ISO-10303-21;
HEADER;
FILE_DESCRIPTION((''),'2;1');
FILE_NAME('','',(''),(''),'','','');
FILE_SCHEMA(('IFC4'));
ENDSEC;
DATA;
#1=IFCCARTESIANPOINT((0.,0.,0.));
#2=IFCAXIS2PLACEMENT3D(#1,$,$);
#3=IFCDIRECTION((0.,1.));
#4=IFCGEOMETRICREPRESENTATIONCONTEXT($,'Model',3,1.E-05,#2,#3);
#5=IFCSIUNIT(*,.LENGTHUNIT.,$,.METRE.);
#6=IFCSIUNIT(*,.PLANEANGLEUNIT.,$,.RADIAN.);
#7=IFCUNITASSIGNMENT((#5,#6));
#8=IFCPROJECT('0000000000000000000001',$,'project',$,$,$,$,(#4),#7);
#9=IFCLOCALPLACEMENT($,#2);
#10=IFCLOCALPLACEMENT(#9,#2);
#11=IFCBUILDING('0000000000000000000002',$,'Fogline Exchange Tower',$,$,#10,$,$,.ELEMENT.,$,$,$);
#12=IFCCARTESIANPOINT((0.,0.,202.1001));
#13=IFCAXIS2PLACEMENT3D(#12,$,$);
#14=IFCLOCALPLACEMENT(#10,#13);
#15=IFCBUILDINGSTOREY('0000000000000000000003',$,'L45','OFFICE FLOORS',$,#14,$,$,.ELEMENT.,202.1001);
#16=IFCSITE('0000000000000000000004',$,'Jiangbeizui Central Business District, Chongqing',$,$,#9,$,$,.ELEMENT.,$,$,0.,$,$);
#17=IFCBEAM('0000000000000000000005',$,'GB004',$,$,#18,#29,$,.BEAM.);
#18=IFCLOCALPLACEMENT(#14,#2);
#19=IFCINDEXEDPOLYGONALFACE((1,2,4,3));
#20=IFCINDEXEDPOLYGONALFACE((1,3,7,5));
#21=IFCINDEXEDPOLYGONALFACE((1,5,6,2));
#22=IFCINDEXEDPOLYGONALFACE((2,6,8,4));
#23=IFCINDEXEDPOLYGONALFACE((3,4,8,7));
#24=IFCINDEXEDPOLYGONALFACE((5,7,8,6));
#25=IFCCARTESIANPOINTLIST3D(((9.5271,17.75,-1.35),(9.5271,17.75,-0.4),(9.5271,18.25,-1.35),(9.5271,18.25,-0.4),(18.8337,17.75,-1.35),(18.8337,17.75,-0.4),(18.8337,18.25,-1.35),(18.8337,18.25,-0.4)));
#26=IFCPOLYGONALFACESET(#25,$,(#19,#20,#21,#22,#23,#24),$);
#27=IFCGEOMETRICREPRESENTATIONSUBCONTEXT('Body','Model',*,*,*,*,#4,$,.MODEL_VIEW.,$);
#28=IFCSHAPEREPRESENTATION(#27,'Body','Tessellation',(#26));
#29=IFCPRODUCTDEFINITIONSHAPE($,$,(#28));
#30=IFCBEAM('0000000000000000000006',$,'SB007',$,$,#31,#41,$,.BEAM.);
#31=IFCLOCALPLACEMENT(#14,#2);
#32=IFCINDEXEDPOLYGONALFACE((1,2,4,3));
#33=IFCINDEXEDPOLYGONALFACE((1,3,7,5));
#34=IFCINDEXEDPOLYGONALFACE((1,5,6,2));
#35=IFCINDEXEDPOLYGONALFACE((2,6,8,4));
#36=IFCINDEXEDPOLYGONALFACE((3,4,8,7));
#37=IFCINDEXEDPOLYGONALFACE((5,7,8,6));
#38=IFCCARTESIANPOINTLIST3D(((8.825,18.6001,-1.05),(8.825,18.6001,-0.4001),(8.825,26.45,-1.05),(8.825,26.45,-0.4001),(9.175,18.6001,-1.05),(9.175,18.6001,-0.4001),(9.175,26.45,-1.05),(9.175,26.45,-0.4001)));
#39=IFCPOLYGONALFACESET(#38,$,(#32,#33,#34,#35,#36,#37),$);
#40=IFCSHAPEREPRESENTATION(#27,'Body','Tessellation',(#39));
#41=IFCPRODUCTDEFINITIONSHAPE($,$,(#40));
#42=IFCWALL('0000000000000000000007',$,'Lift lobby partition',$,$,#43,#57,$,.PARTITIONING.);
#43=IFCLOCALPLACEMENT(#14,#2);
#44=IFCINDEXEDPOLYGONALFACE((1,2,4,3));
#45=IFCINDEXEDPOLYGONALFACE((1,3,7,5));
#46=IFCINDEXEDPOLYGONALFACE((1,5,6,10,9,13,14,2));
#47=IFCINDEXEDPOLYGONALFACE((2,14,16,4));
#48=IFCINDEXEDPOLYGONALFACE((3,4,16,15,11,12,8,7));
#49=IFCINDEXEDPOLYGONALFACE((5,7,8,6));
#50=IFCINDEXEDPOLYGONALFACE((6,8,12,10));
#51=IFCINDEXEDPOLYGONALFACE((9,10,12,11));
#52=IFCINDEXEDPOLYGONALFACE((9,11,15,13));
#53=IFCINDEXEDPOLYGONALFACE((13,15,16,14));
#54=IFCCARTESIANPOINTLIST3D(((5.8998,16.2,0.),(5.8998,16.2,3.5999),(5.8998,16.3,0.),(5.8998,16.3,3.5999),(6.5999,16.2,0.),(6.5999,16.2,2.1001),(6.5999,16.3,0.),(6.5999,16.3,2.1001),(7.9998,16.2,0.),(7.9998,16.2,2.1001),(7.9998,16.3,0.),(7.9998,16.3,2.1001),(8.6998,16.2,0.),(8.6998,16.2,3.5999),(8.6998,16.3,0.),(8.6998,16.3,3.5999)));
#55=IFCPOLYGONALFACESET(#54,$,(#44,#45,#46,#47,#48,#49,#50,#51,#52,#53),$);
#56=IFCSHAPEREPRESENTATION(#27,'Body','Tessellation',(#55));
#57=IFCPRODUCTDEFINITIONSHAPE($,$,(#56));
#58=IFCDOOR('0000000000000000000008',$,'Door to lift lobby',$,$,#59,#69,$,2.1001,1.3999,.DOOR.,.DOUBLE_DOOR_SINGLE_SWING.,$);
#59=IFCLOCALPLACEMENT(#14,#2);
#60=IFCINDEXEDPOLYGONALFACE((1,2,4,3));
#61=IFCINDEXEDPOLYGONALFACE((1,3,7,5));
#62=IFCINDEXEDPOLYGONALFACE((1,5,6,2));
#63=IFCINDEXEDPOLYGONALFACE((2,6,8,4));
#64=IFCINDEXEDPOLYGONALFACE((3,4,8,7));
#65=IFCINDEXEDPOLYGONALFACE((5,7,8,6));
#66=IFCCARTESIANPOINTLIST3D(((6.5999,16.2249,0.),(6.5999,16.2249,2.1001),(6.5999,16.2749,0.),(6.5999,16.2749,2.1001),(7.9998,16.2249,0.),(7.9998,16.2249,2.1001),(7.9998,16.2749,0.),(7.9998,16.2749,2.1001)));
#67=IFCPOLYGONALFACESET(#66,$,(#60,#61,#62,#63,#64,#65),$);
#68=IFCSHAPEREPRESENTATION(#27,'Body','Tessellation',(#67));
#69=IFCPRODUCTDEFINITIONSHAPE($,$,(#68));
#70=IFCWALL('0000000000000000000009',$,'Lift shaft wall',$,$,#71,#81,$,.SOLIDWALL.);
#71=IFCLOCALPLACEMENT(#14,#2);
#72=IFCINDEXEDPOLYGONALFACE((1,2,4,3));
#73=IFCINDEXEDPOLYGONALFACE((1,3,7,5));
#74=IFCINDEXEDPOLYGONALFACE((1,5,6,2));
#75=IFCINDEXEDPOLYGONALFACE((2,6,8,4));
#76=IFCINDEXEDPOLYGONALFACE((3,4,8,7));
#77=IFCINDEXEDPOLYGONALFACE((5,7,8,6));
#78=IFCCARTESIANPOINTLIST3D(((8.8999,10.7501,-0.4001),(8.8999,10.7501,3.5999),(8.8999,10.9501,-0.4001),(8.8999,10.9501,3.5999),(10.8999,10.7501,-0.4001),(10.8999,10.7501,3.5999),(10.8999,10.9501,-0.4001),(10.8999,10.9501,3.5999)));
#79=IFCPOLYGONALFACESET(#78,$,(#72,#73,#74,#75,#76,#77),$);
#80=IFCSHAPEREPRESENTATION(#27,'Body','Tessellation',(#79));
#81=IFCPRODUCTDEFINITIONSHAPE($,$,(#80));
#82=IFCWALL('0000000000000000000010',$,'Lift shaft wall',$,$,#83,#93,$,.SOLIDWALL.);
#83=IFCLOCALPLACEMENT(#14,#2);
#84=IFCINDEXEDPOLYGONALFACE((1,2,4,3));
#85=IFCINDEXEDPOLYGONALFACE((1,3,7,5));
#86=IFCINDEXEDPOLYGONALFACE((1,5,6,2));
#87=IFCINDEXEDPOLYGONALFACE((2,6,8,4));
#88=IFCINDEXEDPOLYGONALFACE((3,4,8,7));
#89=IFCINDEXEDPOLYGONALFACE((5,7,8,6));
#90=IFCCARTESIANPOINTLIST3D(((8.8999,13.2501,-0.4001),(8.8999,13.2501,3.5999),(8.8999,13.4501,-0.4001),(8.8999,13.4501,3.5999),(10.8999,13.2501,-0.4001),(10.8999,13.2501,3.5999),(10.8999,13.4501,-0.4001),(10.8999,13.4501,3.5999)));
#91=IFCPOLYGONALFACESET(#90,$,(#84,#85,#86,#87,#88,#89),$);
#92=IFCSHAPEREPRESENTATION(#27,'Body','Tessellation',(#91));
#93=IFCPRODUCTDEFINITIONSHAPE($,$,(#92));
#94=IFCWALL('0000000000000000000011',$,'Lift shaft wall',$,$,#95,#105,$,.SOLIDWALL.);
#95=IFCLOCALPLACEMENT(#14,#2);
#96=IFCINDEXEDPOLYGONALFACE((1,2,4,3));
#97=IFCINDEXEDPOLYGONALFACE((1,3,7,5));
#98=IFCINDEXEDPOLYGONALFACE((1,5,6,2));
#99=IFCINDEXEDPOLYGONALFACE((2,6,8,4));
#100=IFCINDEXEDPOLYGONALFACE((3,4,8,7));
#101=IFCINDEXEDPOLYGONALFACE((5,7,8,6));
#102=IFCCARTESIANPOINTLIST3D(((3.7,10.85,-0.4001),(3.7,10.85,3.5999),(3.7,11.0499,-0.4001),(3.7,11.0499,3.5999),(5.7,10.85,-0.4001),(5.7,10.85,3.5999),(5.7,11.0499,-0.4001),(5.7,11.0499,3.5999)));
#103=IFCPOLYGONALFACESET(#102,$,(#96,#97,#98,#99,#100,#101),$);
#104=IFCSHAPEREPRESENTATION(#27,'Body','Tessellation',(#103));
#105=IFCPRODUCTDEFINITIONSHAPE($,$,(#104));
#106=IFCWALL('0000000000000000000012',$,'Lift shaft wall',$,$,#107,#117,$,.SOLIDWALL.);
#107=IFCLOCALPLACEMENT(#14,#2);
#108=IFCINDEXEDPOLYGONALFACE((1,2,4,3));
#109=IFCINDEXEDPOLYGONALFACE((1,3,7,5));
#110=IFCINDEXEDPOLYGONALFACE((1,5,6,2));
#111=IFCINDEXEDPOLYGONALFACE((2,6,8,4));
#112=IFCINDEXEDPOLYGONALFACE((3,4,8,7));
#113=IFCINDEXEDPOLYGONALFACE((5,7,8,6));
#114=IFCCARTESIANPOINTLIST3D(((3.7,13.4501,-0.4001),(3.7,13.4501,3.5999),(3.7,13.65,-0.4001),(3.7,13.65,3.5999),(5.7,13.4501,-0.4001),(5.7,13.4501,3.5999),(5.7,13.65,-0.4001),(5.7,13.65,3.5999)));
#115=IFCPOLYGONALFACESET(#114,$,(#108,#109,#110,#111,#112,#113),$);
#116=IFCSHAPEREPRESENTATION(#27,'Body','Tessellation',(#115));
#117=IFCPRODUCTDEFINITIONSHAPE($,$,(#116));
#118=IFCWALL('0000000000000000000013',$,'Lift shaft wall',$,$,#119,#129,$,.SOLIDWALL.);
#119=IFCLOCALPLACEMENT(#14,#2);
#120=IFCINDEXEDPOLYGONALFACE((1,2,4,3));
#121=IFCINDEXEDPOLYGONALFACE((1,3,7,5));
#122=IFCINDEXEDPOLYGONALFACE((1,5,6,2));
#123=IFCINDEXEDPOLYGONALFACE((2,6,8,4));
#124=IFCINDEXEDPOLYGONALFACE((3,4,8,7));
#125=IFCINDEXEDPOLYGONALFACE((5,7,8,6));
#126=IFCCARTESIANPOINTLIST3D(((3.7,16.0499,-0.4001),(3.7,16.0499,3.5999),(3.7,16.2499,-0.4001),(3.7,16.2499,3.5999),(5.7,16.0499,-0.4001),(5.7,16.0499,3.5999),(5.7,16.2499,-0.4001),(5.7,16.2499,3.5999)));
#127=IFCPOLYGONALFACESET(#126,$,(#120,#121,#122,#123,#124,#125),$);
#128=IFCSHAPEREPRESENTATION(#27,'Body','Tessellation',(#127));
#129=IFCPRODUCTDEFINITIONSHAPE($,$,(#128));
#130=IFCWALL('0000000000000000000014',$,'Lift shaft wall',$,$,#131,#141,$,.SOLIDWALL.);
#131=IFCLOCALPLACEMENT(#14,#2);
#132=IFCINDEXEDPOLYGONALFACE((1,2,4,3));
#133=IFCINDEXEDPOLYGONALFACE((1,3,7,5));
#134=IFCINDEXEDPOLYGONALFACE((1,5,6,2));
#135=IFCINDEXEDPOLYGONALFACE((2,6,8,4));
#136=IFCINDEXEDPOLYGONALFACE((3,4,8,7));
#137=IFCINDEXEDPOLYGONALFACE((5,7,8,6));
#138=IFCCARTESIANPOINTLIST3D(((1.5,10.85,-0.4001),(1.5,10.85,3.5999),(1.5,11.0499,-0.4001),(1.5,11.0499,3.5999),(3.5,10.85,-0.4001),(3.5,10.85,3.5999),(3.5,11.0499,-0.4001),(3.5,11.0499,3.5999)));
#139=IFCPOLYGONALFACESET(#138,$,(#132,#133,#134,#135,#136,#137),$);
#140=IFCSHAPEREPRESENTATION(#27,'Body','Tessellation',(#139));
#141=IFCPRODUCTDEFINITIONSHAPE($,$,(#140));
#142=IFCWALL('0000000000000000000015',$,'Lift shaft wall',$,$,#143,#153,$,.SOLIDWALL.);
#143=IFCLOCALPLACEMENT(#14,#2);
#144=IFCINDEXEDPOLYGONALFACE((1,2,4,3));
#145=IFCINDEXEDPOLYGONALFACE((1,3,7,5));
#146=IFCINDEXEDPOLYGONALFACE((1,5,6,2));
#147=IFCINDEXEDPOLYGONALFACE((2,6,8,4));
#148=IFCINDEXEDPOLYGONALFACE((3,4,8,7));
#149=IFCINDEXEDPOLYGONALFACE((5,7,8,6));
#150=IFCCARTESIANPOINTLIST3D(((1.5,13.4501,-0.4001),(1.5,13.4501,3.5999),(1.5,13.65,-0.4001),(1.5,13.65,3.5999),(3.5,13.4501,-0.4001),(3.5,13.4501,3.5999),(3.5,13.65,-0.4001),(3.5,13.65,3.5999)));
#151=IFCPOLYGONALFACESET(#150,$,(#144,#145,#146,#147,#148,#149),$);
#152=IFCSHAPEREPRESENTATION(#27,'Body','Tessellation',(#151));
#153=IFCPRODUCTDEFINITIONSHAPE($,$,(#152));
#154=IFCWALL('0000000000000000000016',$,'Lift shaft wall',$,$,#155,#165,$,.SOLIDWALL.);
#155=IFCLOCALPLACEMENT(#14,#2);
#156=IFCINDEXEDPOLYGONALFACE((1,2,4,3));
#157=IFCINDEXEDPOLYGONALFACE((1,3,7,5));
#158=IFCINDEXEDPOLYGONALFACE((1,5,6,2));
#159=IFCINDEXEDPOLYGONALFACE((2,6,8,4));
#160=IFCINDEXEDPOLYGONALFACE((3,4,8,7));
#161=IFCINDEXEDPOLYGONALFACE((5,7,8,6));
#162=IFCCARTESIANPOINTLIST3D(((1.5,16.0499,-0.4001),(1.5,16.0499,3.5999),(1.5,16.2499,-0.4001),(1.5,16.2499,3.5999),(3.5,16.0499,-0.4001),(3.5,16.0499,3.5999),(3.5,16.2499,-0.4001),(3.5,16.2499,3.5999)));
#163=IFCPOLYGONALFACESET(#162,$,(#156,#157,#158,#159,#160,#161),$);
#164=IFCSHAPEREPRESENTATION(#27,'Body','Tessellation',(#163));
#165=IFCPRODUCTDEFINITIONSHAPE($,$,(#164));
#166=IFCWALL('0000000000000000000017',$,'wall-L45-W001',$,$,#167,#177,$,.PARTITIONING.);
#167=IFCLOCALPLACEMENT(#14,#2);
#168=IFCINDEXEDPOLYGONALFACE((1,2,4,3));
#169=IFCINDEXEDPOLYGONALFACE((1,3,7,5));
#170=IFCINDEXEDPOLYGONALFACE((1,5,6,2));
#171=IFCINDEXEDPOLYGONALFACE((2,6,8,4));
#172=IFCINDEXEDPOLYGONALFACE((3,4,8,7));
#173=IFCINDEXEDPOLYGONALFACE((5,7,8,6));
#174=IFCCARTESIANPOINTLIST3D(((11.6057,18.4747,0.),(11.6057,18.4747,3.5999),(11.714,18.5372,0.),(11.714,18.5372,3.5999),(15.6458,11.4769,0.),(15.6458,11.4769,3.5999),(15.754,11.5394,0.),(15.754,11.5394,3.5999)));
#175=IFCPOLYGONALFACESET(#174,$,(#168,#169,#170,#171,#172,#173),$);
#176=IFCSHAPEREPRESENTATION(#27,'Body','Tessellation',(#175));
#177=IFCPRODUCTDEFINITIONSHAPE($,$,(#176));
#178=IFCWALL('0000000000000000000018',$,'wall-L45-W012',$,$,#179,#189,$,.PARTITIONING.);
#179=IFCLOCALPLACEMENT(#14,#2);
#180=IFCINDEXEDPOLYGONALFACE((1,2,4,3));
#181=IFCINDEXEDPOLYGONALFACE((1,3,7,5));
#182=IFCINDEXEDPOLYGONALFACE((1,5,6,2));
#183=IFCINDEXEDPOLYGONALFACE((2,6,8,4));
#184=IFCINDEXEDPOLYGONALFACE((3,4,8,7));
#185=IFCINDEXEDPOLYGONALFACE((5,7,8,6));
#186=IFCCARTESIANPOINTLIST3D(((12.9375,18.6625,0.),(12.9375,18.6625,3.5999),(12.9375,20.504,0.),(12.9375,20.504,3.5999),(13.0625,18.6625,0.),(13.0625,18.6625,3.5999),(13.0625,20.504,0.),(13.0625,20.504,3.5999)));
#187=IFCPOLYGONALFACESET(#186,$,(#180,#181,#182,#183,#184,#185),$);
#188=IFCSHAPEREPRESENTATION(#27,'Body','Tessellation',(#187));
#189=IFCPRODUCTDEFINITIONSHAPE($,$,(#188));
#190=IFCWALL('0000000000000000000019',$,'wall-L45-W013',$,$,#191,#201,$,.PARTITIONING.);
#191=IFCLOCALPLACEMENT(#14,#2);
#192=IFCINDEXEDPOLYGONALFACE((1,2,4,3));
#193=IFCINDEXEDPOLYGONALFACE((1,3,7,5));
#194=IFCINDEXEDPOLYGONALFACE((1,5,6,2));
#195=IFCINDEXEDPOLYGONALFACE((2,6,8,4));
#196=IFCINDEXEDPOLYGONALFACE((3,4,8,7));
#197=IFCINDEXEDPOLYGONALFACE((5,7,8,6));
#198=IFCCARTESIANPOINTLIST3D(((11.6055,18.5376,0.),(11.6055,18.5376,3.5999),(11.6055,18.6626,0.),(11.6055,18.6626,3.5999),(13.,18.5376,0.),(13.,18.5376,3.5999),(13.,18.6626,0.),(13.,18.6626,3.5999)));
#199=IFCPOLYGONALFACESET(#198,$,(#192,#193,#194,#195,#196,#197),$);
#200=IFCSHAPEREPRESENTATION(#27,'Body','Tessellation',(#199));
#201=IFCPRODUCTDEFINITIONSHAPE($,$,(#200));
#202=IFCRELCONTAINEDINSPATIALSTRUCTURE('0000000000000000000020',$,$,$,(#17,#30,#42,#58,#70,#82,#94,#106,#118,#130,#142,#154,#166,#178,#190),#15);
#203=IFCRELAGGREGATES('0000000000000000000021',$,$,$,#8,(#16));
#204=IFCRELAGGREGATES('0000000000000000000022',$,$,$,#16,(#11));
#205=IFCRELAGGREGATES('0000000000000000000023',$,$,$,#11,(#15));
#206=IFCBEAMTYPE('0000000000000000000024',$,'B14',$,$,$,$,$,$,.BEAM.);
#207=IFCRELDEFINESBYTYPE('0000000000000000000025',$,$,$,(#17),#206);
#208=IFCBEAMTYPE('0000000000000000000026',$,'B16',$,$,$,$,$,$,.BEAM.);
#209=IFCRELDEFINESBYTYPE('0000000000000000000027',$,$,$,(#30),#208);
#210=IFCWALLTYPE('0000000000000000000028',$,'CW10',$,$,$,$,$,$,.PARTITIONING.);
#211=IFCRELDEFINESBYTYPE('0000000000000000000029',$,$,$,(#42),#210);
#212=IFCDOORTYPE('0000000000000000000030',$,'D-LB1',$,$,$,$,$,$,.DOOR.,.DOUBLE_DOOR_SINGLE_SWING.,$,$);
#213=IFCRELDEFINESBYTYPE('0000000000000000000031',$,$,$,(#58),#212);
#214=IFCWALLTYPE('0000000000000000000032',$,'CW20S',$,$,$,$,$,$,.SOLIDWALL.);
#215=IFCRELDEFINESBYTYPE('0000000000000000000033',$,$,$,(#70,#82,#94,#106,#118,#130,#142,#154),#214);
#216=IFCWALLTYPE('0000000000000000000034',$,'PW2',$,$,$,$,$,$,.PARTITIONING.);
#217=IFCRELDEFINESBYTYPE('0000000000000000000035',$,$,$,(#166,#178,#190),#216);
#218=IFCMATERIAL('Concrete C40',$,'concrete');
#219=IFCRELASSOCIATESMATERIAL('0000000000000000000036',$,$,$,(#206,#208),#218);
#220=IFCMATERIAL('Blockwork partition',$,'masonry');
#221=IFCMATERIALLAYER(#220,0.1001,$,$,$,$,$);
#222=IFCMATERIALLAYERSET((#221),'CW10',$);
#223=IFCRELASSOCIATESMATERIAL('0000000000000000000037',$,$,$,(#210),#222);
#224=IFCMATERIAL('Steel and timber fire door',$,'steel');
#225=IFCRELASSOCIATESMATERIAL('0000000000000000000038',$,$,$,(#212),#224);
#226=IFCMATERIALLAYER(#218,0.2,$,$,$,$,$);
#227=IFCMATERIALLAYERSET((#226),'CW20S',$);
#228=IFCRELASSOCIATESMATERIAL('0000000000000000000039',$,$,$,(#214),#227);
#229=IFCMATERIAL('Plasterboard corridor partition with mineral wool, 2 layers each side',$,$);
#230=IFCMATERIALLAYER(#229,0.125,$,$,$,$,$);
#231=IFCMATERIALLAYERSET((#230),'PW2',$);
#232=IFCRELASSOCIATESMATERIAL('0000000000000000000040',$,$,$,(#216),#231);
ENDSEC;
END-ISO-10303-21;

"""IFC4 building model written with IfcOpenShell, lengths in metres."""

from ifc_helpers import new_model, si_unit, direction, frame, frame_2d, origin, origin_2d, place, context, subcontext, project, spatial, rectangle, extrude, material, layer, layer_set, material_profile, profile_set, type_object, element, fill, save


model = new_model("IFC4")

# Units and contexts
model_context = context("Model", 3, precision=1e-05, world=origin(), true_north=direction((0.0, 1.0)))
body_context = subcontext(model_context, "Body", "Model", "MODEL_VIEW")
ifc_project = project(units=[si_unit("LENGTHUNIT", "METRE"), si_unit("PLANEANGLEUNIT", "RADIAN")], contexts=[model_context])

# Site, building, storey
site_placement = place(None, origin())
site = spatial("IfcSite", under=ifc_project, at=site_placement, Name="Jiangbeizui Central Business District, Chongqing", CompositionType="ELEMENT", RefElevation=0.0)
building_placement = place(site_placement, origin())
building = spatial("IfcBuilding", under=site, at=building_placement, Name="Fogline Exchange Tower", CompositionType="ELEMENT")
storey_placement = place(building_placement, frame((0.0, 0.0, 202.1001)))
storey = spatial("IfcBuildingStorey", under=building, at=storey_placement, Name="L45", Description="OFFICE FLOORS", CompositionType="ELEMENT", Elevation=202.1001)

# Beams
ifc_material_1 = material(Name="Concrete C40", Category="concrete")
ifc_material_profile_1 = material_profile(ifc_material_1, rectangle(XDim=0.5, YDim=0.95, at=origin_2d()), Name="RC 500x950")
ifc_profile_set_1 = profile_set([ifc_material_profile_1], Name="Concrete C40")
beam_type_1 = type_object("IfcBeamType", Name="B14", PredefinedType="BEAM", material=ifc_profile_set_1)
beam_1_placement = place(storey_placement, frame((9.5271, 18.0, -0.875), z_axis=(1.0, 0.0, 0.0), x_axis=(0.0, 1.0, 0.0)))
element("IfcBeam", 1, at=beam_1_placement, inside=storey, type_object=beam_type_1, Name="GB004", PredefinedType="BEAM", context=body_context, shape_type="SweptSolid", body=[
    extrude(rectangle(XDim=0.5, YDim=0.95, at=origin_2d()), origin(), (0.0, 0.0, 1.0), 9.3066),
])
ifc_material_profile_2 = material_profile(ifc_material_1, rectangle(XDim=0.3501, YDim=0.6499, at=origin_2d()), Name="RC 350x650")
ifc_profile_set_2 = profile_set([ifc_material_profile_2], Name="Concrete C40")
beam_type_2 = type_object("IfcBeamType", Name="B16", PredefinedType="BEAM", material=ifc_profile_set_2)
beam_2_placement = place(storey_placement, frame((9.0, 18.6001, -0.7251), z_axis=(0.0, 1.0, 0.0), x_axis=(-1.0, 0.0, 0.0)))
element("IfcBeam", 2, at=beam_2_placement, inside=storey, type_object=beam_type_2, Name="SB007", PredefinedType="BEAM", context=body_context, shape_type="SweptSolid", body=[
    extrude(rectangle(XDim=0.3501, YDim=0.6499, at=origin_2d()), origin(), (0.0, 0.0, 1.0), 7.8499),
])

# Wall, opening, door
ifc_material_2 = material(Name="Blockwork partition", Category="masonry")
ifc_layer_1 = layer(ifc_material_2, 0.1001)
ifc_layer_set_1 = layer_set([ifc_layer_1], Name="CW10")
wall_type_1 = type_object("IfcWallType", Name="CW10", PredefinedType="PARTITIONING", material=ifc_layer_set_1)
wall_1_placement = place(storey_placement, frame((5.8999, 16.25, 0.0), z_axis=(0.0, 0.0, 1.0), x_axis=(1.0, 0.0, 0.0)))
wall_1 = element("IfcWall", 3, at=wall_1_placement, inside=storey, type_object=wall_type_1, Name="Lift lobby partition", PredefinedType="PARTITIONING", context=body_context, shape_type="SweptSolid", body=[
    extrude(rectangle(XDim=2.8, YDim=0.1001, at=frame_2d((1.3999, 0.0))), origin(), (0.0, 0.0, 1.0), 3.5999),
])
opening_1_placement = place(wall_1_placement, frame((0.7, 0.0, 0.0)))
opening_1 = element("IfcOpeningElement", 4, at=opening_1_placement, cuts=wall_1, PredefinedType="OPENING", context=body_context, shape_type="SweptSolid", body=[
    extrude(rectangle(XDim=1.3999, YDim=2.1001, at=frame_2d((0.7, 1.05))), frame((0.0, 0.0601, 0.0), z_axis=(0.0, -1.0, 0.0), x_axis=(1.0, 0.0, 0.0)), (0.0, 0.0, 1.0), 0.1201),
])
ifc_material_3 = material(Name="Steel and timber fire door", Category="steel")
door_type_1 = type_object("IfcDoorType", Name="D-LB1", OperationType="DOUBLE_DOOR_SINGLE_SWING", PredefinedType="DOOR", material=ifc_material_3)
door_1_placement = place(opening_1_placement, origin())
door_1 = element("IfcDoor", 5, at=door_1_placement, inside=storey, type_object=door_type_1, Name="Door to lift lobby", OperationType="DOUBLE_DOOR_SINGLE_SWING", OverallHeight=2.1001, OverallWidth=1.3999, PredefinedType="DOOR", context=body_context, shape_type="SweptSolid", body=[
    extrude(rectangle(XDim=1.3999, YDim=2.1001, at=frame_2d((0.7, 1.05))), frame((0.0, 0.0249, 0.0), z_axis=(0.0, -1.0, 0.0), x_axis=(1.0, 0.0, 0.0)), (0.0, 0.0, 1.0), 0.05),
])
fill(opening_1, door_1)

# Walls
ifc_layer_2 = layer(ifc_material_1, 0.2)
ifc_layer_set_2 = layer_set([ifc_layer_2], Name="CW20S")
wall_type_2 = type_object("IfcWallType", Name="CW20S", PredefinedType="SOLIDWALL", material=ifc_layer_set_2)
for number, where, z_axis, x_axis, name in (
    (6, (8.8999, 10.8501, -0.4001), (0.0, 0.0, 1.0), (1.0, 0.0, 0.0), "Lift shaft wall"),
    (7, (8.8999, 13.3501, -0.4001), (0.0, 0.0, 1.0), (1.0, 0.0, 0.0), "Lift shaft wall"),
    (8, (3.7, 10.95, -0.4001), (0.0, 0.0, 1.0), (1.0, 0.0, 0.0), "Lift shaft wall"),
    (9, (3.7, 13.55, -0.4001), (0.0, 0.0, 1.0), (1.0, 0.0, 0.0), "Lift shaft wall"),
    (10, (3.7, 16.1499, -0.4001), (0.0, 0.0, 1.0), (1.0, 0.0, 0.0), "Lift shaft wall"),
    (11, (1.5, 10.95, -0.4001), (0.0, 0.0, 1.0), (1.0, 0.0, 0.0), "Lift shaft wall"),
    (12, (1.5, 13.55, -0.4001), (0.0, 0.0, 1.0), (1.0, 0.0, 0.0), "Lift shaft wall"),
    (13, (1.5, 16.1499, -0.4001), (0.0, 0.0, 1.0), (1.0, 0.0, 0.0), "Lift shaft wall"),
):
    element("IfcWall", number, at=place(storey_placement, frame(where, z_axis=z_axis, x_axis=x_axis)), inside=storey, type_object=wall_type_2, Name=name, PredefinedType="SOLIDWALL", context=body_context, shape_type="SweptSolid", body=[
        extrude(rectangle(XDim=2.0, YDim=0.2, at=frame_2d((1.0, 0.0))), origin(), (0.0, 0.0, 1.0), 4.0),
    ])
ifc_material_4 = material(Name="Plasterboard corridor partition with mineral wool, 2 layers each side")
ifc_layer_3 = layer(ifc_material_4, 0.125)
ifc_layer_set_3 = layer_set([ifc_layer_3], Name="PW2")
wall_type_3 = type_object("IfcWallType", Name="PW2", PredefinedType="PARTITIONING", material=ifc_layer_set_3)
wall_2_placement = place(storey_placement, frame((11.6599, 18.5059, 0.0), z_axis=(0.0, 0.0, 1.0), x_axis=(0.499987, -0.866033, 0.0)))
element("IfcWall", 14, at=wall_2_placement, inside=storey, type_object=wall_type_3, Name="wall-L45-W001", PredefinedType="PARTITIONING", context=body_context, shape_type="SweptSolid", body=[
    extrude(rectangle(XDim=8.0803, YDim=0.125, at=frame_2d((4.04, 0.0))), origin(), (0.0, 0.0, 1.0), 3.5999),
])
wall_3_placement = place(storey_placement, frame((13.0, 20.5042, 0.0), z_axis=(0.0, 0.0, 1.0), x_axis=(0.0, -1.0, 0.0)))
element("IfcWall", 15, at=wall_3_placement, inside=storey, type_object=wall_type_3, Name="wall-L45-W012", PredefinedType="PARTITIONING", context=body_context, shape_type="SweptSolid", body=[
    extrude(rectangle(XDim=1.8416, YDim=0.125, at=frame_2d((0.9209, 0.0))), origin(), (0.0, 0.0, 1.0), 3.5999),
])
wall_4_placement = place(storey_placement, frame((13.0, 18.6001, 0.0), z_axis=(0.0, 0.0, 1.0), x_axis=(-1.0, 0.0, 0.0)))
element("IfcWall", 16, at=wall_4_placement, inside=storey, type_object=wall_type_3, Name="wall-L45-W013", PredefinedType="PARTITIONING", context=body_context, shape_type="SweptSolid", body=[
    extrude(rectangle(XDim=1.3945, YDim=0.125, at=frame_2d((0.6973, 0.0))), origin(), (0.0, 0.0, 1.0), 3.5999),
])

save(model, "model.ifc")
